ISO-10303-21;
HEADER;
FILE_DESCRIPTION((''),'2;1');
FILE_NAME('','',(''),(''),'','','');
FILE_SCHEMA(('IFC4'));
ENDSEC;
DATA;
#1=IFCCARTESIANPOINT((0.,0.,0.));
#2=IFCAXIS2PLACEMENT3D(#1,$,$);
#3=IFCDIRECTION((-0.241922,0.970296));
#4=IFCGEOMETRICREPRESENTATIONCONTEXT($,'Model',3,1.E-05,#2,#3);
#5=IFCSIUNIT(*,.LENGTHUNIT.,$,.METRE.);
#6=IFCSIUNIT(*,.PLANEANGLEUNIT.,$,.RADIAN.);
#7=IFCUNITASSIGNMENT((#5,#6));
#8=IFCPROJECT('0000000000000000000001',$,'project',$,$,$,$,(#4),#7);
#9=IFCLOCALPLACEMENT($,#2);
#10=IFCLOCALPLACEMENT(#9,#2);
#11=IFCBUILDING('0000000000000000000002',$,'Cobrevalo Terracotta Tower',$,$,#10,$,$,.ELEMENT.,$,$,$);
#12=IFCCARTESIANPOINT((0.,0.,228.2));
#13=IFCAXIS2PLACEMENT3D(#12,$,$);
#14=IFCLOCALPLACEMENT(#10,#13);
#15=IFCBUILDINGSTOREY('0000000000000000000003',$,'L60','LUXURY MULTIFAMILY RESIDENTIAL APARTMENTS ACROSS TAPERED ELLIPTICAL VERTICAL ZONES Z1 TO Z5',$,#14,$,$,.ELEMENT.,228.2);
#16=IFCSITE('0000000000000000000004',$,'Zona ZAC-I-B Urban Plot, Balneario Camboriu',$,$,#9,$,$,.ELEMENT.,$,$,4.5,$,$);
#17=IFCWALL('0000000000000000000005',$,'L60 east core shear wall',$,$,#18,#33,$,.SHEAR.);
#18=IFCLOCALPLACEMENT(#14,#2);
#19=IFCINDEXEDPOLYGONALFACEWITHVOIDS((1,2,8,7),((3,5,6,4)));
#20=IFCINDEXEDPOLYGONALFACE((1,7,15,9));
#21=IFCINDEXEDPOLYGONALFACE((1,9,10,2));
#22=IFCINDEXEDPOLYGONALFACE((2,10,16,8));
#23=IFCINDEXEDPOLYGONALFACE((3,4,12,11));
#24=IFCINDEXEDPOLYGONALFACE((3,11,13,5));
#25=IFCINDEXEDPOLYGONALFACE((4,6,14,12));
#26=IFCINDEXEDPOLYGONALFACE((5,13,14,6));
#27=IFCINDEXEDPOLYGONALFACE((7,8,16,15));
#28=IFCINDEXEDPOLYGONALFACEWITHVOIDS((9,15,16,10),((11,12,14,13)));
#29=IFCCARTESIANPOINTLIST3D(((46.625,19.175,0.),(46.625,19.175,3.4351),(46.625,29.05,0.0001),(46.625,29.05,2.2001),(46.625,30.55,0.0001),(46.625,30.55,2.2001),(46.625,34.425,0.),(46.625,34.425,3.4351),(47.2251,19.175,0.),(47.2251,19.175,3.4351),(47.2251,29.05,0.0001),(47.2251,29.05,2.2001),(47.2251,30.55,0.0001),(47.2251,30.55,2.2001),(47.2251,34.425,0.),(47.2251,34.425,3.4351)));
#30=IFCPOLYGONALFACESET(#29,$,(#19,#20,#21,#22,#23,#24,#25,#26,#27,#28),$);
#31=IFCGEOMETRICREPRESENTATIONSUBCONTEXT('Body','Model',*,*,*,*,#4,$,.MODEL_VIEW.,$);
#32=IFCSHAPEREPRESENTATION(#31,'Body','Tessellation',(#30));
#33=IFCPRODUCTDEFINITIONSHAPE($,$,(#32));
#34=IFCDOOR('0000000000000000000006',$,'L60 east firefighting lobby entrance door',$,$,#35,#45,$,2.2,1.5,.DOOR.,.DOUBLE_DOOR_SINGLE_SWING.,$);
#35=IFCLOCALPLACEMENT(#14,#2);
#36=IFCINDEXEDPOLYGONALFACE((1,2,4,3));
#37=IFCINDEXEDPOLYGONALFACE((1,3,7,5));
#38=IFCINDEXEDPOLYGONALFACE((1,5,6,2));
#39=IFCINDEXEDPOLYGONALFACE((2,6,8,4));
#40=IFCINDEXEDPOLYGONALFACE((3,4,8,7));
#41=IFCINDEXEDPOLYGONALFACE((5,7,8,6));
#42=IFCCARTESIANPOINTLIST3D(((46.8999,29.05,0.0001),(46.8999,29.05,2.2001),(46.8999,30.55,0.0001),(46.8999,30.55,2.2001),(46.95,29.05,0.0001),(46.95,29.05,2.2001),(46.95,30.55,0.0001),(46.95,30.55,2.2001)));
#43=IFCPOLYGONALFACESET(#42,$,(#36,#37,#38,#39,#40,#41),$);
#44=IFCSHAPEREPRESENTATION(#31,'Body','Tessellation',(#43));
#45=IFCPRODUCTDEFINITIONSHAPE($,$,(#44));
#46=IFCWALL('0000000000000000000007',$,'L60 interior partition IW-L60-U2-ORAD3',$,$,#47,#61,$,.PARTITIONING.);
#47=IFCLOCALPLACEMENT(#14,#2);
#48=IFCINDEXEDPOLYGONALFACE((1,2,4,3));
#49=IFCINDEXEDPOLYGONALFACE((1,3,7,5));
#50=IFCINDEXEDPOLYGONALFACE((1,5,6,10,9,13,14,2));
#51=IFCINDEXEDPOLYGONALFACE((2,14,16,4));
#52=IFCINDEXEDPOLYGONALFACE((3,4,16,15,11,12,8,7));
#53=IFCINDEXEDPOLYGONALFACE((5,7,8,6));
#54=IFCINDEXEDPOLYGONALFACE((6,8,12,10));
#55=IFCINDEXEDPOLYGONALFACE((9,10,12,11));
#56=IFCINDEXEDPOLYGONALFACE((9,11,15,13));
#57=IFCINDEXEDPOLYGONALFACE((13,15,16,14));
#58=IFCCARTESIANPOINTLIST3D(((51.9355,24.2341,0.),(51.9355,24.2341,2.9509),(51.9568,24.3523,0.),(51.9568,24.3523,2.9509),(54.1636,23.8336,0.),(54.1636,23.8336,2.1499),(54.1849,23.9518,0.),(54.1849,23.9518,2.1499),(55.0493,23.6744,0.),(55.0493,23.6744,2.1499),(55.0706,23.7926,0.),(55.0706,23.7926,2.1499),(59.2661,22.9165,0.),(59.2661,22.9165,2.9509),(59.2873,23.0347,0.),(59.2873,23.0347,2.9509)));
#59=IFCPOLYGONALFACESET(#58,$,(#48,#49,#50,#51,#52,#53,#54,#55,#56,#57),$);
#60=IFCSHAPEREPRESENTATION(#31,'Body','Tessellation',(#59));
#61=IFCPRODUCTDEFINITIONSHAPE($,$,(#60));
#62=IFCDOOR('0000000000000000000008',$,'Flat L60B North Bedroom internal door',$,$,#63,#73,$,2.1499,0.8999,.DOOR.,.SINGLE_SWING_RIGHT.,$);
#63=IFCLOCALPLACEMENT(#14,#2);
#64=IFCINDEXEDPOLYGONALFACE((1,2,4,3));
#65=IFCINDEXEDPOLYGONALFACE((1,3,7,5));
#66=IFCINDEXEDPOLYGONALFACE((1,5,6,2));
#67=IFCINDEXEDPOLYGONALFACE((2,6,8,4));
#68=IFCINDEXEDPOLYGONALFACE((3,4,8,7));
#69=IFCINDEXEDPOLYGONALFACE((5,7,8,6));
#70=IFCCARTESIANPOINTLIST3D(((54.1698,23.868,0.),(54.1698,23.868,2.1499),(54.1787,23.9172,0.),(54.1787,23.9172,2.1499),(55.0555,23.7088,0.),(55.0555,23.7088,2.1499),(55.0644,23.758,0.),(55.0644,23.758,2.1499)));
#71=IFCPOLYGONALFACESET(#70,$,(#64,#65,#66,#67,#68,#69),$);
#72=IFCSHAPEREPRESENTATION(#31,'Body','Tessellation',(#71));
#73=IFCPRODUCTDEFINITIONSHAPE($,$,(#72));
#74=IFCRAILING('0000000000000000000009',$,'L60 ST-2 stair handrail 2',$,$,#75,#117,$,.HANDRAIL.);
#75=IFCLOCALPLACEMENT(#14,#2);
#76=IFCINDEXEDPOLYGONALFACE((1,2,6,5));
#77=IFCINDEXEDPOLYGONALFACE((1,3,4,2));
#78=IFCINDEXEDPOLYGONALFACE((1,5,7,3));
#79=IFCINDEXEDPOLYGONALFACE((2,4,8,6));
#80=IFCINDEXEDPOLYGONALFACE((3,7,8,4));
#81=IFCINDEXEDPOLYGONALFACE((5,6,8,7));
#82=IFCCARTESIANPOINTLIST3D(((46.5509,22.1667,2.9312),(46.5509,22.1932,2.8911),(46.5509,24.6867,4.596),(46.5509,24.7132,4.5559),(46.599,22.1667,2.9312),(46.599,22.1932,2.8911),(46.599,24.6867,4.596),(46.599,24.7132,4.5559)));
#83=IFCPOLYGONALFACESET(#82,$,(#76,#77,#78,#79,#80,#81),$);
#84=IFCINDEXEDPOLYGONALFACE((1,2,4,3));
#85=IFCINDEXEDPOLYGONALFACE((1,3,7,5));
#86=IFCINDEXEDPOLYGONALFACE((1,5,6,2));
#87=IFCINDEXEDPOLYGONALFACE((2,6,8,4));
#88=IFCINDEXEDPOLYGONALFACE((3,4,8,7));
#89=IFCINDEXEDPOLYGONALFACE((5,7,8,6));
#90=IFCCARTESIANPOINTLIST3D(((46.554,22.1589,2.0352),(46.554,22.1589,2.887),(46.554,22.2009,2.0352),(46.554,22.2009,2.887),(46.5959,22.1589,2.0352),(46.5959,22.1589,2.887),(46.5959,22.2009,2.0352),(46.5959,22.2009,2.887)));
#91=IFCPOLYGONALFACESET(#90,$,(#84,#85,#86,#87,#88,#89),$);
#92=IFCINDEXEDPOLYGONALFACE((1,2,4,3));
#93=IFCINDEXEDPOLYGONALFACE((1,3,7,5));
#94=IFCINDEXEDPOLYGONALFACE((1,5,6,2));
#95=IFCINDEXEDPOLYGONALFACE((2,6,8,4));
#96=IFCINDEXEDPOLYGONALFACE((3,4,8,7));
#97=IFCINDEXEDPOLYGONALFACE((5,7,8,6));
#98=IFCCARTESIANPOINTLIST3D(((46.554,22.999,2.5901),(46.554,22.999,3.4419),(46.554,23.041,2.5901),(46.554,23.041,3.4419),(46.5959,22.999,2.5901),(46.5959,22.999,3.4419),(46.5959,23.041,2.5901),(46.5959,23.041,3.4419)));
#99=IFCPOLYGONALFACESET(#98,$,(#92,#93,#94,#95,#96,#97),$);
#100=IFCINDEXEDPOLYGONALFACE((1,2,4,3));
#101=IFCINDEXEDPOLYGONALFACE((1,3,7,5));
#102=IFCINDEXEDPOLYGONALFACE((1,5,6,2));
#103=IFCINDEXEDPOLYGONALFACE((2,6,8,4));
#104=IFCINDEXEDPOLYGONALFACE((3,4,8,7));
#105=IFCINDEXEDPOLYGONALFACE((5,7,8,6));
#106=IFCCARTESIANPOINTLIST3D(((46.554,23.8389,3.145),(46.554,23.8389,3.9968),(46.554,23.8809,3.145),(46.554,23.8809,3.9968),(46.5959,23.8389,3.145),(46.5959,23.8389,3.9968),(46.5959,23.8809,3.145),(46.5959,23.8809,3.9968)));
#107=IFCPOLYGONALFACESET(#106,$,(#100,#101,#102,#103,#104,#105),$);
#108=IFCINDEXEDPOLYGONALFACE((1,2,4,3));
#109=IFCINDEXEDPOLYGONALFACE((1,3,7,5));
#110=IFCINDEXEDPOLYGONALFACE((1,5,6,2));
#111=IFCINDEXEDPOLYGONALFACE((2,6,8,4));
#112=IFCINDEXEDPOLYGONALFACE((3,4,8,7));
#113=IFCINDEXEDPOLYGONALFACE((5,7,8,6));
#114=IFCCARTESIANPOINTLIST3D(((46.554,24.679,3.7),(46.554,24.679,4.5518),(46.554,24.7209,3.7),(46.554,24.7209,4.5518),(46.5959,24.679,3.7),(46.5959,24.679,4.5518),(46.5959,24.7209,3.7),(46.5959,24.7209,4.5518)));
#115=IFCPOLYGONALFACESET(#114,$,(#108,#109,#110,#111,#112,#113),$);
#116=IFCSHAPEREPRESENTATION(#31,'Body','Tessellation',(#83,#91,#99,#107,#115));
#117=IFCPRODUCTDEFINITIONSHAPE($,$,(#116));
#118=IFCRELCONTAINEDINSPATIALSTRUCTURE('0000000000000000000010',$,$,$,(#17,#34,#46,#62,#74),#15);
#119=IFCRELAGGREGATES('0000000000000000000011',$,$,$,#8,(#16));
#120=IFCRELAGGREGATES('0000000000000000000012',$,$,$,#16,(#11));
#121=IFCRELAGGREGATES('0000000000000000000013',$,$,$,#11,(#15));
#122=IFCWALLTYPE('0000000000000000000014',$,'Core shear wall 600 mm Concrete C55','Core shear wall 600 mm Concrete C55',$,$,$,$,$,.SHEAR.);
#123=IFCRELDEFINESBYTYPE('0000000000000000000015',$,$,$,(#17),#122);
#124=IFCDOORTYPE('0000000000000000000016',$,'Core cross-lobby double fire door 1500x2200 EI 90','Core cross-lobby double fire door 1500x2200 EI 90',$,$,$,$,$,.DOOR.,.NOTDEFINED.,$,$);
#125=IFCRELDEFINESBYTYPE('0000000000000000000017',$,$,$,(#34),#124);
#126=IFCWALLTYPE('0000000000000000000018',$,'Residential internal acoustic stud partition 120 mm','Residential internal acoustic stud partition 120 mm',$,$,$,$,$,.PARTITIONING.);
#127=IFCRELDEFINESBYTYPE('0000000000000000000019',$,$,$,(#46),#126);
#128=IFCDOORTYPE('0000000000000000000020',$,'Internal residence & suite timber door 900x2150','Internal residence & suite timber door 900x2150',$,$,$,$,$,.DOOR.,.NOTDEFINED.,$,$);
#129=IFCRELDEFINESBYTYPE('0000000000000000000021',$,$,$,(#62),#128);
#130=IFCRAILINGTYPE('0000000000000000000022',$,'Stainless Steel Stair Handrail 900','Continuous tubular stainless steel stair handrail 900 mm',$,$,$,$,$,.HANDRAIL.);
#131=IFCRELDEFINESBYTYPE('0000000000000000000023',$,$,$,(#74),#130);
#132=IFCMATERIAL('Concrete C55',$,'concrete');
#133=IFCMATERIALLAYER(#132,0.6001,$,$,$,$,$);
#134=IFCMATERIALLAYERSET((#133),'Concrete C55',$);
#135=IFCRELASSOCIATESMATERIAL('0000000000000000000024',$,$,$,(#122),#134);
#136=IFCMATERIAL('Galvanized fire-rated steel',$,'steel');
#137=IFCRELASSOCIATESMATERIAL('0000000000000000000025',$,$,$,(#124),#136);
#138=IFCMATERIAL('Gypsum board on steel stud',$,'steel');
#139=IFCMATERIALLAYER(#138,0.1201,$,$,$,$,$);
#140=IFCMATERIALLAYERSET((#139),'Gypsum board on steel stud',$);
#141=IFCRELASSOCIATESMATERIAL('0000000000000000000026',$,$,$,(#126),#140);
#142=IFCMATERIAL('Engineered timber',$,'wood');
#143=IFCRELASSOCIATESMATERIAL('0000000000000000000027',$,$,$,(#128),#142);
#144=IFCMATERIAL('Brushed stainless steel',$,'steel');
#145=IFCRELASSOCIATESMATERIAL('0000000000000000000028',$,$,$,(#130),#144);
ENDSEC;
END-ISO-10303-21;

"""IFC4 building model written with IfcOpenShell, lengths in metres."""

from ifc_helpers import new_model, si_unit, direction, frame, frame_2d, origin, origin_2d, place, context, subcontext, project, spatial, rectangle, extrude, source, transform, mapped, material, layer, layer_set, type_object, element, fill, save


model = new_model("IFC4")

# Units and contexts
model_context = context("Model", 3, precision=1e-05, world=origin(), true_north=direction((-0.241922, 0.970296)))
body_context = subcontext(model_context, "Body", "Model", "MODEL_VIEW")
ifc_project = project(units=[si_unit("LENGTHUNIT", "METRE"), si_unit("PLANEANGLEUNIT", "RADIAN")], contexts=[model_context])

# Site, building, storey
site_placement = place(None, origin())
site = spatial("IfcSite", under=ifc_project, at=site_placement, Name="Zona ZAC-I-B Urban Plot, Balneario Camboriu", CompositionType="ELEMENT", RefElevation=4.5)
building_placement = place(site_placement, origin())
building = spatial("IfcBuilding", under=site, at=building_placement, Name="Cobrevalo Terracotta Tower", CompositionType="ELEMENT")
storey_placement = place(building_placement, frame((0.0, 0.0, 228.2)))
storey = spatial("IfcBuildingStorey", under=building, at=storey_placement, Name="L60", Description="LUXURY MULTIFAMILY RESIDENTIAL APARTMENTS ACROSS TAPERED ELLIPTICAL VERTICAL ZONES Z1 TO Z5", CompositionType="ELEMENT", Elevation=228.2)

# Walls, openings, doors
ifc_material_1 = material(Name="Concrete C55", Category="concrete")
ifc_layer_1 = layer(ifc_material_1, 0.6001)
ifc_layer_set_1 = layer_set([ifc_layer_1], Name="Concrete C55")
wall_type_1 = type_object("IfcWallType", Name="Core shear wall 600 mm Concrete C55", Description="Core shear wall 600 mm Concrete C55", PredefinedType="SHEAR", material=ifc_layer_set_1)
wall_1_placement = place(storey_placement, frame((46.925, 19.175, 0.0), z_axis=(0.0, 0.0, 1.0), x_axis=(0.0, 1.0, 0.0)))
wall_1 = element("IfcWall", 1, at=wall_1_placement, inside=storey, type_object=wall_type_1, Name="L60 east core shear wall", PredefinedType="SHEAR", context=body_context, shape_type="SweptSolid", body=[
    extrude(rectangle(XDim=15.25, YDim=0.6001, at=frame_2d((7.625, 0.0))), origin(), (0.0, 0.0, 1.0), 3.4351),
])
opening_1_placement = place(wall_1_placement, frame((9.875, 0.0, 0.0)))
opening_1 = element("IfcOpeningElement", 2, at=opening_1_placement, cuts=wall_1, PredefinedType="OPENING", context=body_context, shape_type="SweptSolid", body=[
    extrude(rectangle(XDim=1.5, YDim=2.2, at=frame_2d((0.75, 1.1001))), frame((0.0, 0.3101, 0.0), z_axis=(0.0, -1.0, 0.0), x_axis=(1.0, 0.0, 0.0)), (0.0, 0.0, 1.0), 0.6201),
])
ifc_material_2 = material(Name="Galvanized fire-rated steel", Category="steel")
door_type_1 = type_object("IfcDoorType", Name="Core cross-lobby double fire door 1500x2200 EI 90", Description="Core cross-lobby double fire door 1500x2200 EI 90", OperationType="NOTDEFINED", PredefinedType="DOOR", material=ifc_material_2)
shared_shape_1 = source(origin(), body_context, "Body", "SweptSolid", [
    extrude(rectangle(XDim=1.5, YDim=2.2, at=frame_2d((0.75, 1.1001))), frame((0.0, 0.0249, 0.0), z_axis=(0.0, -1.0, 0.0), x_axis=(1.0, 0.0, 0.0)), (0.0, 0.0, 1.0), 0.05),
])
door_1_placement = place(opening_1_placement, frame((1.5, 0.0, 0.0), z_axis=(0.0, 0.0, 1.0), x_axis=(-1.0, 0.0, 0.0)))
door_1 = element("IfcDoor", 3, at=door_1_placement, inside=storey, type_object=door_type_1, Name="L60 east firefighting lobby entrance door", OperationType="DOUBLE_DOOR_SINGLE_SWING", OverallHeight=2.2, OverallWidth=1.5, PredefinedType="DOOR", context=body_context, shape_type="MappedRepresentation", body=[
    mapped(shared_shape_1, transform((0.0, 0.0, 0.0), scale=1.0)),
])
fill(opening_1, door_1)
ifc_material_3 = material(Name="Gypsum board on steel stud", Category="steel")
ifc_layer_2 = layer(ifc_material_3, 0.1201)
ifc_layer_set_2 = layer_set([ifc_layer_2], Name="Gypsum board on steel stud")
wall_type_2 = type_object("IfcWallType", Name="Residential internal acoustic stud partition 120 mm", Description="Residential internal acoustic stud partition 120 mm", PredefinedType="PARTITIONING", material=ifc_layer_set_2)
wall_2_placement = place(storey_placement, frame((51.946, 24.2932, 0.0), z_axis=(0.0, 0.0, 1.0), x_axis=(0.984227, -0.176909, 0.0)))
wall_2 = element("IfcWall", 4, at=wall_2_placement, inside=storey, type_object=wall_type_2, Name="L60 interior partition IW-L60-U2-ORAD3", PredefinedType="PARTITIONING", context=body_context, shape_type="SweptSolid", body=[
    extrude(rectangle(XDim=7.448, YDim=0.1201, at=frame_2d((3.7241, 0.0))), origin(), (0.0, 0.0, 1.0), 2.9509),
])
opening_2_placement = place(wall_2_placement, frame((2.2639, 0.0, 0.0)))
opening_2 = element("IfcOpeningElement", 5, at=opening_2_placement, cuts=wall_2, PredefinedType="OPENING", context=body_context, shape_type="SweptSolid", body=[
    extrude(rectangle(XDim=0.8999, YDim=2.1499, at=frame_2d((0.45, 1.075))), frame((0.0, 0.0701, 0.0), z_axis=(0.0, -1.0, 0.0), x_axis=(1.0, 0.0, 0.0)), (0.0, 0.0, 1.0), 0.1401),
])
ifc_material_4 = material(Name="Engineered timber", Category="wood")
door_type_2 = type_object("IfcDoorType", Name="Internal residence & suite timber door 900x2150", Description="Internal residence & suite timber door 900x2150", OperationType="NOTDEFINED", PredefinedType="DOOR", material=ifc_material_4)
shared_shape_2 = source(origin(), body_context, "Body", "SweptSolid", [
    extrude(rectangle(XDim=0.8999, YDim=2.1499, at=frame_2d((0.45, 1.075))), frame((0.0, 0.0249, 0.0), z_axis=(0.0, -1.0, 0.0), x_axis=(1.0, 0.0, 0.0)), (0.0, 0.0, 1.0), 0.05),
])
door_2_placement = place(opening_2_placement, origin())
door_2 = element("IfcDoor", 6, at=door_2_placement, inside=storey, type_object=door_type_2, Name="Flat L60B North Bedroom internal door", OperationType="SINGLE_SWING_RIGHT", OverallHeight=2.1499, OverallWidth=0.8999, PredefinedType="DOOR", context=body_context, shape_type="MappedRepresentation", body=[
    mapped(shared_shape_2, transform((0.0, 0.0, 0.0), scale=1.0)),
])
fill(opening_2, door_2)

# Railing
ifc_material_5 = material(Name="Brushed stainless steel", Category="steel")
railing_type = type_object("IfcRailingType", Name="Stainless Steel Stair Handrail 900", Description="Continuous tubular stainless steel stair handrail 900 mm", PredefinedType="HANDRAIL", material=ifc_material_5)
railing_placement = place(storey_placement, frame((46.575, 22.1799, 2.0352)))
element("IfcRailing", 7, at=railing_placement, inside=storey, type_object=railing_type, Name="L60 ST-2 stair handrail 2", PredefinedType="HANDRAIL", context=body_context, shape_type="SweptSolid", body=[
    extrude(rectangle(XDim=0.0481, YDim=0.0481, at=origin_2d()), frame((0.0, 0.0, 0.876), z_axis=(0.0, 0.834369, 0.551207), x_axis=(-1.0, 0.0, 0.0)), (0.0, 0.0, 1.0), 3.0203),
    extrude(rectangle(XDim=0.042, YDim=0.042, at=origin_2d()), origin(), (0.0, 0.0, 1.0), 0.8518),
    extrude(rectangle(XDim=0.042, YDim=0.042, at=origin_2d()), frame((0.0, 0.8401, 0.5549)), (0.0, 0.0, 1.0), 0.8518),
    extrude(rectangle(XDim=0.042, YDim=0.042, at=origin_2d()), frame((0.0, 1.6799, 1.1099)), (0.0, 0.0, 1.0), 0.8518),
    extrude(rectangle(XDim=0.042, YDim=0.042, at=origin_2d()), frame((0.0, 2.52, 1.6648)), (0.0, 0.0, 1.0), 0.8518),
])

save(model, "model.ifc")
